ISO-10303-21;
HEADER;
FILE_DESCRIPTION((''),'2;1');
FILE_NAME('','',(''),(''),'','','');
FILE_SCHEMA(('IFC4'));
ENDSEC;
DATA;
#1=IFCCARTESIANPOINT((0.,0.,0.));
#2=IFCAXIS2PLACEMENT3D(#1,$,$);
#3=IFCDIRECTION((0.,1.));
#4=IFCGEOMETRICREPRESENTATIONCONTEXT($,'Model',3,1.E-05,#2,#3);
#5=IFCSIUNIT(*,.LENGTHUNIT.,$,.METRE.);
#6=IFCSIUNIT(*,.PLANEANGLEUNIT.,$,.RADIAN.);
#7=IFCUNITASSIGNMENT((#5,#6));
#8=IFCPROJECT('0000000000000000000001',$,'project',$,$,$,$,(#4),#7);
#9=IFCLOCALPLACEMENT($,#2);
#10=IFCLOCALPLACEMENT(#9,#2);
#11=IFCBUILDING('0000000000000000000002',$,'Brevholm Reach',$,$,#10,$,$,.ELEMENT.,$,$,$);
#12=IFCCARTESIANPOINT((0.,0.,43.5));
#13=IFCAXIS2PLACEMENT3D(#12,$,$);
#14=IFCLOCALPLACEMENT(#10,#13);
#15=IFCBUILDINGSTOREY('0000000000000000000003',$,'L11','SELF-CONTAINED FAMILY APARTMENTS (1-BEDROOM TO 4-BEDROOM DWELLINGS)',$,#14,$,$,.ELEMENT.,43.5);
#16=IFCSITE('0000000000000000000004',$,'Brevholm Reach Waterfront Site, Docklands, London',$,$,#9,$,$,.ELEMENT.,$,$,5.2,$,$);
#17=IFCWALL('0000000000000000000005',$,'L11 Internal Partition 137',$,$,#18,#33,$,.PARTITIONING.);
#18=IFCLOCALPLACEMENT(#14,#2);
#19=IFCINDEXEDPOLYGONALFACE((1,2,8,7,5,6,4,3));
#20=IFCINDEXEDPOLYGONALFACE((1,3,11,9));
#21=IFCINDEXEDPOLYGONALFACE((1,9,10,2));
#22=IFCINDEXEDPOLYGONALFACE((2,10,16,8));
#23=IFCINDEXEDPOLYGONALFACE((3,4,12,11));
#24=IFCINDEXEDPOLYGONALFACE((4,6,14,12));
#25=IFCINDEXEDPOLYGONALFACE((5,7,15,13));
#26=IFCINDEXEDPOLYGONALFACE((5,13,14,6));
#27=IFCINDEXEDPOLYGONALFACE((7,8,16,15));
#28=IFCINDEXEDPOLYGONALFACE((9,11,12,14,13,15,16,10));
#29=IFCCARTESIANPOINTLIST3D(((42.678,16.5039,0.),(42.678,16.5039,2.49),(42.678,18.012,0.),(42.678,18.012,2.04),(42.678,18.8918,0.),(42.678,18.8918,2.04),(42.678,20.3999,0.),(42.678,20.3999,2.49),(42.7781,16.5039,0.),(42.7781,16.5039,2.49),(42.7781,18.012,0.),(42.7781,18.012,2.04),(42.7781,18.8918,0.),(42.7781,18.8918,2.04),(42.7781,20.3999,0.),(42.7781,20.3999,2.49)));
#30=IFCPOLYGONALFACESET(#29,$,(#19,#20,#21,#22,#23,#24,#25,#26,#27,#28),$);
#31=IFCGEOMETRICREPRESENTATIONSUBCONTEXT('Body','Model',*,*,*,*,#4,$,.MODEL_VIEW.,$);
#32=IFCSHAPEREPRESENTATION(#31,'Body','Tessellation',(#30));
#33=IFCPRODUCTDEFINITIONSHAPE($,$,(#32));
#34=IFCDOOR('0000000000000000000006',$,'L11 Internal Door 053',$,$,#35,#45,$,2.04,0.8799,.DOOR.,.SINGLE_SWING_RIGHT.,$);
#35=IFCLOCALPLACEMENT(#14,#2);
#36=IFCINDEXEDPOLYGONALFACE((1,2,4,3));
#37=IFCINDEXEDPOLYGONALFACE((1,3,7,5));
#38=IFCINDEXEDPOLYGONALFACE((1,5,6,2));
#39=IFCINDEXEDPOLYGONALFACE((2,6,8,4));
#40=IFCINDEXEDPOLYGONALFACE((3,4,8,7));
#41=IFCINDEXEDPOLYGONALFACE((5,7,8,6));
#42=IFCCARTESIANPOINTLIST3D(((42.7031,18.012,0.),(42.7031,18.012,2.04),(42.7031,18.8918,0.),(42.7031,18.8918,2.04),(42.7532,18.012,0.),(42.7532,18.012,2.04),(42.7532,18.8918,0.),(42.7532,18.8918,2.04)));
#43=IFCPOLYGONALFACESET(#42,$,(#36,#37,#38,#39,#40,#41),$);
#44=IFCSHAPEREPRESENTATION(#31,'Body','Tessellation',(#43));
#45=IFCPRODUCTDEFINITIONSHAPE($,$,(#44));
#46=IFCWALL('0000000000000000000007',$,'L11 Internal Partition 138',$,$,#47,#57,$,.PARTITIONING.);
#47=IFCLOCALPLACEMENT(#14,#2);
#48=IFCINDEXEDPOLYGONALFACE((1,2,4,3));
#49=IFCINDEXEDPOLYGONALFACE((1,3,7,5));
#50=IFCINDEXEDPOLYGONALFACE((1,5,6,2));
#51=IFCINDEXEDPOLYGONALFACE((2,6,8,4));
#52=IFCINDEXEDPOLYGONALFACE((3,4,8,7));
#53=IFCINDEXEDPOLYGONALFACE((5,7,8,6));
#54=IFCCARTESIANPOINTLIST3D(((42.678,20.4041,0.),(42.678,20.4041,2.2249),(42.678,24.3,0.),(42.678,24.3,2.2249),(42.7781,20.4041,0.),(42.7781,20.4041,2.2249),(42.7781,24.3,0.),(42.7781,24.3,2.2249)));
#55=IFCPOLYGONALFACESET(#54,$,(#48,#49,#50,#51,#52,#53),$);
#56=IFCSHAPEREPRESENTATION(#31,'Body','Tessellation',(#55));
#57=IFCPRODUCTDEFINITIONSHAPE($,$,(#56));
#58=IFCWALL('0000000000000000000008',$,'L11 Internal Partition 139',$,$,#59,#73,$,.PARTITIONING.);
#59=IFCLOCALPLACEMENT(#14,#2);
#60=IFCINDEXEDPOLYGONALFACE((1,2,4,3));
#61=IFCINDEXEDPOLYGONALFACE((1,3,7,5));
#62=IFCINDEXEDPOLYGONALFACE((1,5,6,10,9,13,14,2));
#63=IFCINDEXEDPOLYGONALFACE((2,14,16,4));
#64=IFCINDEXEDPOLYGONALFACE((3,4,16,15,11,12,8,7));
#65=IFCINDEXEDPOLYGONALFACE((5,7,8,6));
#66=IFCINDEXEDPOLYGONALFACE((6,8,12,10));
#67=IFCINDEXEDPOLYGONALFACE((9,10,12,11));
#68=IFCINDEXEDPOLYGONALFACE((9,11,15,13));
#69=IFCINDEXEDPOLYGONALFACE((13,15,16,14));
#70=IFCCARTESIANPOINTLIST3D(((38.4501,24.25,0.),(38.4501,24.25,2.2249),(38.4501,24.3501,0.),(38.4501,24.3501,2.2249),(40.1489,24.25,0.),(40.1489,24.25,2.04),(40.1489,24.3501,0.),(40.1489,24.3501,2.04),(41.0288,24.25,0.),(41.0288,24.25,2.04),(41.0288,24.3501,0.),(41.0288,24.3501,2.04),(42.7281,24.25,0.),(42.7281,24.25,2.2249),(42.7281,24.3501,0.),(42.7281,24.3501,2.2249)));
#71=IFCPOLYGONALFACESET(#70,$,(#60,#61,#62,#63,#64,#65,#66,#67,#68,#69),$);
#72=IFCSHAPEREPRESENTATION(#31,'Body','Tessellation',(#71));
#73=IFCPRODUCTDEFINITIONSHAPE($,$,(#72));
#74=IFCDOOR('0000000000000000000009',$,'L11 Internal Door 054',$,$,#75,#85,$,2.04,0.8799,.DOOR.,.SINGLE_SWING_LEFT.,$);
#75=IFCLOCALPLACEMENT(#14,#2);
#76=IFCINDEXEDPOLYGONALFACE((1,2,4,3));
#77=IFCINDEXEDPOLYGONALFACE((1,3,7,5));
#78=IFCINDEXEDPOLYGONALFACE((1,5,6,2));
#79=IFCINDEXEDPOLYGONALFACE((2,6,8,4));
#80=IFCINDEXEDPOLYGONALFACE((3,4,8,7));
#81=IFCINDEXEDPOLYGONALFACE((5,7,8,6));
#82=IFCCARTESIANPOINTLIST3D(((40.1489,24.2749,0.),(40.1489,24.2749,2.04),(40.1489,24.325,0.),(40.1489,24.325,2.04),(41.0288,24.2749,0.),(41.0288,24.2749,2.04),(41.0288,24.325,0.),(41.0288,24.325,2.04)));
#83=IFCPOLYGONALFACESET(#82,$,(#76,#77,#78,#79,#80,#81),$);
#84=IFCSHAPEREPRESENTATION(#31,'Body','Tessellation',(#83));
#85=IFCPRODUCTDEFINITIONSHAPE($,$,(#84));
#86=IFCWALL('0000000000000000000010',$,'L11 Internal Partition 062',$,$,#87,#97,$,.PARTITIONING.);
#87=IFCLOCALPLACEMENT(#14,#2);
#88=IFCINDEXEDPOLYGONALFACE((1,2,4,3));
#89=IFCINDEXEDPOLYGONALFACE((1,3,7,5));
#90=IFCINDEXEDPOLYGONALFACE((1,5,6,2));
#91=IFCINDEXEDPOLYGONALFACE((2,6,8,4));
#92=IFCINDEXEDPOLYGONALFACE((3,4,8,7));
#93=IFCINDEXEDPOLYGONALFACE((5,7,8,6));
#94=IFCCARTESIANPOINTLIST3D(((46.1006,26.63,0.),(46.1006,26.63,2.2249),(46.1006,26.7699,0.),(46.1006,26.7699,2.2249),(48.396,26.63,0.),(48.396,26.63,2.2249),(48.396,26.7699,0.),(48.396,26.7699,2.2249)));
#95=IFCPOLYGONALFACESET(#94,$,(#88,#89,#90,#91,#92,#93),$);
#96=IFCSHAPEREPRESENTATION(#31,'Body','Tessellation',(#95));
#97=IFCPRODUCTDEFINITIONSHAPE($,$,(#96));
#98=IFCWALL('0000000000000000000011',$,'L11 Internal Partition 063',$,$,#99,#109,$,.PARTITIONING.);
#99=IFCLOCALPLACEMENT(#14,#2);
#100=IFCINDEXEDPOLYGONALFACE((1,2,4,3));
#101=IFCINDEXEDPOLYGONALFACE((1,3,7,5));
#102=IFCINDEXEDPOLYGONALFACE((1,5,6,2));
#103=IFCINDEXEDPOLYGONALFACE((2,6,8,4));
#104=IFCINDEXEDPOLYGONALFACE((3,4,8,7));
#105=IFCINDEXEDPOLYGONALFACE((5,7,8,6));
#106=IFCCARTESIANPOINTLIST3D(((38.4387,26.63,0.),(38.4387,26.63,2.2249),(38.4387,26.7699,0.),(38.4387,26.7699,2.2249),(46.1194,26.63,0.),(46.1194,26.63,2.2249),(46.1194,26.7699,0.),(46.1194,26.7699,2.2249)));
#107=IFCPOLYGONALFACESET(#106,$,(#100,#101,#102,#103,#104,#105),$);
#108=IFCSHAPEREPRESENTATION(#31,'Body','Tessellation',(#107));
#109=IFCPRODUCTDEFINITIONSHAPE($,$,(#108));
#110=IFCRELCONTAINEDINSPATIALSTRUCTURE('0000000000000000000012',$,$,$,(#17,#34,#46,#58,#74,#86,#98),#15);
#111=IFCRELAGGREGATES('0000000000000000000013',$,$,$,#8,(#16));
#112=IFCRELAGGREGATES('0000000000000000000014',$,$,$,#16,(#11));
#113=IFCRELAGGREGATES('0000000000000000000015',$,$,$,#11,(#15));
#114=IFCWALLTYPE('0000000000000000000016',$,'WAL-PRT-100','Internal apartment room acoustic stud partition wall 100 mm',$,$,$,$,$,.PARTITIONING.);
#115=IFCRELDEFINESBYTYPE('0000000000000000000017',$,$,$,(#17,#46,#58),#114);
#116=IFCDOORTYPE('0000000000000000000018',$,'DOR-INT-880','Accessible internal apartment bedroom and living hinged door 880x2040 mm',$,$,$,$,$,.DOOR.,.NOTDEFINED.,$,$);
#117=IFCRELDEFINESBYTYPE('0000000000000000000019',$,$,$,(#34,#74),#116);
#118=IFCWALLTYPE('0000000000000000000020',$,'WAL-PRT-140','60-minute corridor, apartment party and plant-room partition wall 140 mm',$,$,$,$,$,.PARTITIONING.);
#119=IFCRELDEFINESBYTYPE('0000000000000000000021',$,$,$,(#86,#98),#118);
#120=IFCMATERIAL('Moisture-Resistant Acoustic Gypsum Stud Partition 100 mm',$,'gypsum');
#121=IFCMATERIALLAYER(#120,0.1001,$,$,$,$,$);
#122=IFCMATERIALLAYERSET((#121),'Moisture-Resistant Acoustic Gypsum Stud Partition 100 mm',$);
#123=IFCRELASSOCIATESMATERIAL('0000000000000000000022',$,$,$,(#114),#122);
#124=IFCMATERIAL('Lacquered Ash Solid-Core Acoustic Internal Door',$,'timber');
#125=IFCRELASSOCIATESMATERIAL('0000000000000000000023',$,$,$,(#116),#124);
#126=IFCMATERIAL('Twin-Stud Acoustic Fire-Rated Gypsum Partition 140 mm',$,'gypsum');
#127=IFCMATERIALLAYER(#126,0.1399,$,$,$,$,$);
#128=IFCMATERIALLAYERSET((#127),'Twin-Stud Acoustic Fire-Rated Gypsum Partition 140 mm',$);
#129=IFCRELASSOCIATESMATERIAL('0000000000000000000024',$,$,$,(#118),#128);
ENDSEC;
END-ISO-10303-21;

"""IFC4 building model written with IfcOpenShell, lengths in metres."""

from ifc_helpers import new_model, si_unit, direction, frame, frame_2d, origin, place, context, subcontext, project, spatial, rectangle, extrude, material, layer, layer_set, type_object, element, fill, save


model = new_model("IFC4")

# Units and contexts
model_context = context("Model", 3, precision=1e-05, world=origin(), true_north=direction((0.0, 1.0)))
body_context = subcontext(model_context, "Body", "Model", "MODEL_VIEW")
ifc_project = project(units=[si_unit("LENGTHUNIT", "METRE"), si_unit("PLANEANGLEUNIT", "RADIAN")], contexts=[model_context])

# Site, building, storey
site_placement = place(None, origin())
site = spatial("IfcSite", under=ifc_project, at=site_placement, Name="Brevholm Reach Waterfront Site, Docklands, London", CompositionType="ELEMENT", RefElevation=5.2)
building_placement = place(site_placement, origin())
building = spatial("IfcBuilding", under=site, at=building_placement, Name="Brevholm Reach", CompositionType="ELEMENT")
storey_placement = place(building_placement, frame((0.0, 0.0, 43.5)))
storey = spatial("IfcBuildingStorey", under=building, at=storey_placement, Name="L11", Description="SELF-CONTAINED FAMILY APARTMENTS (1-BEDROOM TO 4-BEDROOM DWELLINGS)", CompositionType="ELEMENT", Elevation=43.5)

# Shared definitions
ifc_material_1 = material(Name="Moisture-Resistant Acoustic Gypsum Stud Partition 100 mm", Category="gypsum")
ifc_layer_1 = layer(ifc_material_1, 0.1001)
ifc_layer_set_1 = layer_set([ifc_layer_1], Name="Moisture-Resistant Acoustic Gypsum Stud Partition 100 mm")
wall_type_1 = type_object("IfcWallType", Name="WAL-PRT-100", Description="Internal apartment room acoustic stud partition wall 100 mm", PredefinedType="PARTITIONING", material=ifc_layer_set_1)

# Shared definitions
ifc_material_2 = material(Name="Lacquered Ash Solid-Core Acoustic Internal Door", Category="timber")
door_type = type_object("IfcDoorType", Name="DOR-INT-880", Description="Accessible internal apartment bedroom and living hinged door 880x2040 mm", OperationType="NOTDEFINED", PredefinedType="DOOR", material=ifc_material_2)

# Wall, opening, door
wall_1_placement = place(storey_placement, frame((42.728, 16.5039, 0.0), z_axis=(0.0, 0.0, 1.0), x_axis=(0.0, 1.0, 0.0)))
wall_1 = element("IfcWall", 1, at=wall_1_placement, inside=storey, type_object=wall_type_1, Name="L11 Internal Partition 137", PredefinedType="PARTITIONING", context=body_context, shape_type="SweptSolid", body=[
    extrude(rectangle(XDim=3.896, YDim=0.1001, at=frame_2d((1.948, 0.0))), origin(), (0.0, 0.0, 1.0), 2.49),
])
opening_1_placement = place(wall_1_placement, frame((1.5081, 0.0, 0.0)))
opening_1 = element("IfcOpeningElement", 2, at=opening_1_placement, cuts=wall_1, PredefinedType="OPENING", context=body_context, shape_type="SweptSolid", body=[
    extrude(rectangle(XDim=0.8799, YDim=2.04, at=frame_2d((0.4399, 1.02))), frame((0.0, 0.0601, 0.0), z_axis=(0.0, -1.0, 0.0), x_axis=(1.0, 0.0, 0.0)), (0.0, 0.0, 1.0), 0.1201),
])
door_1_placement = place(opening_1_placement, origin())
door_1 = element("IfcDoor", 3, at=door_1_placement, inside=storey, type_object=door_type, Name="L11 Internal Door 053", OperationType="SINGLE_SWING_RIGHT", OverallHeight=2.04, OverallWidth=0.8799, PredefinedType="DOOR", context=body_context, shape_type="SweptSolid", body=[
    extrude(rectangle(XDim=0.8799, YDim=2.04, at=frame_2d((0.4399, 1.02))), frame((0.0, 0.0249, 0.0), z_axis=(0.0, -1.0, 0.0), x_axis=(1.0, 0.0, 0.0)), (0.0, 0.0, 1.0), 0.05),
])
fill(opening_1, door_1)

# Wall
wall_2_placement = place(storey_placement, frame((42.728, 20.4041, 0.0), z_axis=(0.0, 0.0, 1.0), x_axis=(0.0, 1.0, 0.0)))
element("IfcWall", 4, at=wall_2_placement, inside=storey, type_object=wall_type_1, Name="L11 Internal Partition 138", PredefinedType="PARTITIONING", context=body_context, shape_type="SweptSolid", body=[
    extrude(rectangle(XDim=3.896, YDim=0.1001, at=frame_2d((1.948, 0.0))), origin(), (0.0, 0.0, 1.0), 2.2249),
])

# Wall, opening, door
wall_3_placement = place(storey_placement, frame((38.45, 24.3, 0.0), z_axis=(0.0, 0.0, 1.0), x_axis=(1.0, 0.0, 0.0)))
wall_3 = element("IfcWall", 5, at=wall_3_placement, inside=storey, type_object=wall_type_1, Name="L11 Internal Partition 139", PredefinedType="PARTITIONING", context=body_context, shape_type="SweptSolid", body=[
    extrude(rectangle(XDim=4.2781, YDim=0.1001, at=frame_2d((2.1392, 0.0))), origin(), (0.0, 0.0, 1.0), 2.2249),
])
opening_2_placement = place(wall_3_placement, frame((1.699, 0.0, 0.0)))
opening_2 = element("IfcOpeningElement", 6, at=opening_2_placement, cuts=wall_3, PredefinedType="OPENING", context=body_context, shape_type="SweptSolid", body=[
    extrude(rectangle(XDim=0.8799, YDim=2.04, at=frame_2d((0.4399, 1.02))), frame((0.0, 0.0601, 0.0), z_axis=(0.0, -1.0, 0.0), x_axis=(1.0, 0.0, 0.0)), (0.0, 0.0, 1.0), 0.1201),
])
door_2_placement = place(opening_2_placement, origin())
door_2 = element("IfcDoor", 7, at=door_2_placement, inside=storey, type_object=door_type, Name="L11 Internal Door 054", OperationType="SINGLE_SWING_LEFT", OverallHeight=2.04, OverallWidth=0.8799, PredefinedType="DOOR", context=body_context, shape_type="SweptSolid", body=[
    extrude(rectangle(XDim=0.8799, YDim=2.04, at=frame_2d((0.4399, 1.02))), frame((0.0, 0.0249, 0.0), z_axis=(0.0, -1.0, 0.0), x_axis=(1.0, 0.0, 0.0)), (0.0, 0.0, 1.0), 0.05),
])
fill(opening_2, door_2)

# Walls
ifc_material_3 = material(Name="Twin-Stud Acoustic Fire-Rated Gypsum Partition 140 mm", Category="gypsum")
ifc_layer_2 = layer(ifc_material_3, 0.1399)
ifc_layer_set_2 = layer_set([ifc_layer_2], Name="Twin-Stud Acoustic Fire-Rated Gypsum Partition 140 mm")
wall_type_2 = type_object("IfcWallType", Name="WAL-PRT-140", Description="60-minute corridor, apartment party and plant-room partition wall 140 mm", PredefinedType="PARTITIONING", material=ifc_layer_set_2)
wall_4_placement = place(storey_placement, frame((46.1006, 26.7, 0.0), z_axis=(0.0, 0.0, 1.0), x_axis=(1.0, 0.0, 0.0)))
element("IfcWall", 8, at=wall_4_placement, inside=storey, type_object=wall_type_2, Name="L11 Internal Partition 062", PredefinedType="PARTITIONING", context=body_context, shape_type="SweptSolid", body=[
    extrude(rectangle(XDim=2.2954, YDim=0.1399, at=frame_2d((1.1477, 0.0))), origin(), (0.0, 0.0, 1.0), 2.2249),
])
wall_5_placement = place(storey_placement, frame((38.4387, 26.7, 0.0), z_axis=(0.0, 0.0, 1.0), x_axis=(1.0, 0.0, 0.0)))
element("IfcWall", 9, at=wall_5_placement, inside=storey, type_object=wall_type_2, Name="L11 Internal Partition 063", PredefinedType="PARTITIONING", context=body_context, shape_type="SweptSolid", body=[
    extrude(rectangle(XDim=7.6807, YDim=0.1399, at=frame_2d((3.8403, 0.0))), origin(), (0.0, 0.0, 1.0), 2.2249),
])

save(model, "model.ifc")
